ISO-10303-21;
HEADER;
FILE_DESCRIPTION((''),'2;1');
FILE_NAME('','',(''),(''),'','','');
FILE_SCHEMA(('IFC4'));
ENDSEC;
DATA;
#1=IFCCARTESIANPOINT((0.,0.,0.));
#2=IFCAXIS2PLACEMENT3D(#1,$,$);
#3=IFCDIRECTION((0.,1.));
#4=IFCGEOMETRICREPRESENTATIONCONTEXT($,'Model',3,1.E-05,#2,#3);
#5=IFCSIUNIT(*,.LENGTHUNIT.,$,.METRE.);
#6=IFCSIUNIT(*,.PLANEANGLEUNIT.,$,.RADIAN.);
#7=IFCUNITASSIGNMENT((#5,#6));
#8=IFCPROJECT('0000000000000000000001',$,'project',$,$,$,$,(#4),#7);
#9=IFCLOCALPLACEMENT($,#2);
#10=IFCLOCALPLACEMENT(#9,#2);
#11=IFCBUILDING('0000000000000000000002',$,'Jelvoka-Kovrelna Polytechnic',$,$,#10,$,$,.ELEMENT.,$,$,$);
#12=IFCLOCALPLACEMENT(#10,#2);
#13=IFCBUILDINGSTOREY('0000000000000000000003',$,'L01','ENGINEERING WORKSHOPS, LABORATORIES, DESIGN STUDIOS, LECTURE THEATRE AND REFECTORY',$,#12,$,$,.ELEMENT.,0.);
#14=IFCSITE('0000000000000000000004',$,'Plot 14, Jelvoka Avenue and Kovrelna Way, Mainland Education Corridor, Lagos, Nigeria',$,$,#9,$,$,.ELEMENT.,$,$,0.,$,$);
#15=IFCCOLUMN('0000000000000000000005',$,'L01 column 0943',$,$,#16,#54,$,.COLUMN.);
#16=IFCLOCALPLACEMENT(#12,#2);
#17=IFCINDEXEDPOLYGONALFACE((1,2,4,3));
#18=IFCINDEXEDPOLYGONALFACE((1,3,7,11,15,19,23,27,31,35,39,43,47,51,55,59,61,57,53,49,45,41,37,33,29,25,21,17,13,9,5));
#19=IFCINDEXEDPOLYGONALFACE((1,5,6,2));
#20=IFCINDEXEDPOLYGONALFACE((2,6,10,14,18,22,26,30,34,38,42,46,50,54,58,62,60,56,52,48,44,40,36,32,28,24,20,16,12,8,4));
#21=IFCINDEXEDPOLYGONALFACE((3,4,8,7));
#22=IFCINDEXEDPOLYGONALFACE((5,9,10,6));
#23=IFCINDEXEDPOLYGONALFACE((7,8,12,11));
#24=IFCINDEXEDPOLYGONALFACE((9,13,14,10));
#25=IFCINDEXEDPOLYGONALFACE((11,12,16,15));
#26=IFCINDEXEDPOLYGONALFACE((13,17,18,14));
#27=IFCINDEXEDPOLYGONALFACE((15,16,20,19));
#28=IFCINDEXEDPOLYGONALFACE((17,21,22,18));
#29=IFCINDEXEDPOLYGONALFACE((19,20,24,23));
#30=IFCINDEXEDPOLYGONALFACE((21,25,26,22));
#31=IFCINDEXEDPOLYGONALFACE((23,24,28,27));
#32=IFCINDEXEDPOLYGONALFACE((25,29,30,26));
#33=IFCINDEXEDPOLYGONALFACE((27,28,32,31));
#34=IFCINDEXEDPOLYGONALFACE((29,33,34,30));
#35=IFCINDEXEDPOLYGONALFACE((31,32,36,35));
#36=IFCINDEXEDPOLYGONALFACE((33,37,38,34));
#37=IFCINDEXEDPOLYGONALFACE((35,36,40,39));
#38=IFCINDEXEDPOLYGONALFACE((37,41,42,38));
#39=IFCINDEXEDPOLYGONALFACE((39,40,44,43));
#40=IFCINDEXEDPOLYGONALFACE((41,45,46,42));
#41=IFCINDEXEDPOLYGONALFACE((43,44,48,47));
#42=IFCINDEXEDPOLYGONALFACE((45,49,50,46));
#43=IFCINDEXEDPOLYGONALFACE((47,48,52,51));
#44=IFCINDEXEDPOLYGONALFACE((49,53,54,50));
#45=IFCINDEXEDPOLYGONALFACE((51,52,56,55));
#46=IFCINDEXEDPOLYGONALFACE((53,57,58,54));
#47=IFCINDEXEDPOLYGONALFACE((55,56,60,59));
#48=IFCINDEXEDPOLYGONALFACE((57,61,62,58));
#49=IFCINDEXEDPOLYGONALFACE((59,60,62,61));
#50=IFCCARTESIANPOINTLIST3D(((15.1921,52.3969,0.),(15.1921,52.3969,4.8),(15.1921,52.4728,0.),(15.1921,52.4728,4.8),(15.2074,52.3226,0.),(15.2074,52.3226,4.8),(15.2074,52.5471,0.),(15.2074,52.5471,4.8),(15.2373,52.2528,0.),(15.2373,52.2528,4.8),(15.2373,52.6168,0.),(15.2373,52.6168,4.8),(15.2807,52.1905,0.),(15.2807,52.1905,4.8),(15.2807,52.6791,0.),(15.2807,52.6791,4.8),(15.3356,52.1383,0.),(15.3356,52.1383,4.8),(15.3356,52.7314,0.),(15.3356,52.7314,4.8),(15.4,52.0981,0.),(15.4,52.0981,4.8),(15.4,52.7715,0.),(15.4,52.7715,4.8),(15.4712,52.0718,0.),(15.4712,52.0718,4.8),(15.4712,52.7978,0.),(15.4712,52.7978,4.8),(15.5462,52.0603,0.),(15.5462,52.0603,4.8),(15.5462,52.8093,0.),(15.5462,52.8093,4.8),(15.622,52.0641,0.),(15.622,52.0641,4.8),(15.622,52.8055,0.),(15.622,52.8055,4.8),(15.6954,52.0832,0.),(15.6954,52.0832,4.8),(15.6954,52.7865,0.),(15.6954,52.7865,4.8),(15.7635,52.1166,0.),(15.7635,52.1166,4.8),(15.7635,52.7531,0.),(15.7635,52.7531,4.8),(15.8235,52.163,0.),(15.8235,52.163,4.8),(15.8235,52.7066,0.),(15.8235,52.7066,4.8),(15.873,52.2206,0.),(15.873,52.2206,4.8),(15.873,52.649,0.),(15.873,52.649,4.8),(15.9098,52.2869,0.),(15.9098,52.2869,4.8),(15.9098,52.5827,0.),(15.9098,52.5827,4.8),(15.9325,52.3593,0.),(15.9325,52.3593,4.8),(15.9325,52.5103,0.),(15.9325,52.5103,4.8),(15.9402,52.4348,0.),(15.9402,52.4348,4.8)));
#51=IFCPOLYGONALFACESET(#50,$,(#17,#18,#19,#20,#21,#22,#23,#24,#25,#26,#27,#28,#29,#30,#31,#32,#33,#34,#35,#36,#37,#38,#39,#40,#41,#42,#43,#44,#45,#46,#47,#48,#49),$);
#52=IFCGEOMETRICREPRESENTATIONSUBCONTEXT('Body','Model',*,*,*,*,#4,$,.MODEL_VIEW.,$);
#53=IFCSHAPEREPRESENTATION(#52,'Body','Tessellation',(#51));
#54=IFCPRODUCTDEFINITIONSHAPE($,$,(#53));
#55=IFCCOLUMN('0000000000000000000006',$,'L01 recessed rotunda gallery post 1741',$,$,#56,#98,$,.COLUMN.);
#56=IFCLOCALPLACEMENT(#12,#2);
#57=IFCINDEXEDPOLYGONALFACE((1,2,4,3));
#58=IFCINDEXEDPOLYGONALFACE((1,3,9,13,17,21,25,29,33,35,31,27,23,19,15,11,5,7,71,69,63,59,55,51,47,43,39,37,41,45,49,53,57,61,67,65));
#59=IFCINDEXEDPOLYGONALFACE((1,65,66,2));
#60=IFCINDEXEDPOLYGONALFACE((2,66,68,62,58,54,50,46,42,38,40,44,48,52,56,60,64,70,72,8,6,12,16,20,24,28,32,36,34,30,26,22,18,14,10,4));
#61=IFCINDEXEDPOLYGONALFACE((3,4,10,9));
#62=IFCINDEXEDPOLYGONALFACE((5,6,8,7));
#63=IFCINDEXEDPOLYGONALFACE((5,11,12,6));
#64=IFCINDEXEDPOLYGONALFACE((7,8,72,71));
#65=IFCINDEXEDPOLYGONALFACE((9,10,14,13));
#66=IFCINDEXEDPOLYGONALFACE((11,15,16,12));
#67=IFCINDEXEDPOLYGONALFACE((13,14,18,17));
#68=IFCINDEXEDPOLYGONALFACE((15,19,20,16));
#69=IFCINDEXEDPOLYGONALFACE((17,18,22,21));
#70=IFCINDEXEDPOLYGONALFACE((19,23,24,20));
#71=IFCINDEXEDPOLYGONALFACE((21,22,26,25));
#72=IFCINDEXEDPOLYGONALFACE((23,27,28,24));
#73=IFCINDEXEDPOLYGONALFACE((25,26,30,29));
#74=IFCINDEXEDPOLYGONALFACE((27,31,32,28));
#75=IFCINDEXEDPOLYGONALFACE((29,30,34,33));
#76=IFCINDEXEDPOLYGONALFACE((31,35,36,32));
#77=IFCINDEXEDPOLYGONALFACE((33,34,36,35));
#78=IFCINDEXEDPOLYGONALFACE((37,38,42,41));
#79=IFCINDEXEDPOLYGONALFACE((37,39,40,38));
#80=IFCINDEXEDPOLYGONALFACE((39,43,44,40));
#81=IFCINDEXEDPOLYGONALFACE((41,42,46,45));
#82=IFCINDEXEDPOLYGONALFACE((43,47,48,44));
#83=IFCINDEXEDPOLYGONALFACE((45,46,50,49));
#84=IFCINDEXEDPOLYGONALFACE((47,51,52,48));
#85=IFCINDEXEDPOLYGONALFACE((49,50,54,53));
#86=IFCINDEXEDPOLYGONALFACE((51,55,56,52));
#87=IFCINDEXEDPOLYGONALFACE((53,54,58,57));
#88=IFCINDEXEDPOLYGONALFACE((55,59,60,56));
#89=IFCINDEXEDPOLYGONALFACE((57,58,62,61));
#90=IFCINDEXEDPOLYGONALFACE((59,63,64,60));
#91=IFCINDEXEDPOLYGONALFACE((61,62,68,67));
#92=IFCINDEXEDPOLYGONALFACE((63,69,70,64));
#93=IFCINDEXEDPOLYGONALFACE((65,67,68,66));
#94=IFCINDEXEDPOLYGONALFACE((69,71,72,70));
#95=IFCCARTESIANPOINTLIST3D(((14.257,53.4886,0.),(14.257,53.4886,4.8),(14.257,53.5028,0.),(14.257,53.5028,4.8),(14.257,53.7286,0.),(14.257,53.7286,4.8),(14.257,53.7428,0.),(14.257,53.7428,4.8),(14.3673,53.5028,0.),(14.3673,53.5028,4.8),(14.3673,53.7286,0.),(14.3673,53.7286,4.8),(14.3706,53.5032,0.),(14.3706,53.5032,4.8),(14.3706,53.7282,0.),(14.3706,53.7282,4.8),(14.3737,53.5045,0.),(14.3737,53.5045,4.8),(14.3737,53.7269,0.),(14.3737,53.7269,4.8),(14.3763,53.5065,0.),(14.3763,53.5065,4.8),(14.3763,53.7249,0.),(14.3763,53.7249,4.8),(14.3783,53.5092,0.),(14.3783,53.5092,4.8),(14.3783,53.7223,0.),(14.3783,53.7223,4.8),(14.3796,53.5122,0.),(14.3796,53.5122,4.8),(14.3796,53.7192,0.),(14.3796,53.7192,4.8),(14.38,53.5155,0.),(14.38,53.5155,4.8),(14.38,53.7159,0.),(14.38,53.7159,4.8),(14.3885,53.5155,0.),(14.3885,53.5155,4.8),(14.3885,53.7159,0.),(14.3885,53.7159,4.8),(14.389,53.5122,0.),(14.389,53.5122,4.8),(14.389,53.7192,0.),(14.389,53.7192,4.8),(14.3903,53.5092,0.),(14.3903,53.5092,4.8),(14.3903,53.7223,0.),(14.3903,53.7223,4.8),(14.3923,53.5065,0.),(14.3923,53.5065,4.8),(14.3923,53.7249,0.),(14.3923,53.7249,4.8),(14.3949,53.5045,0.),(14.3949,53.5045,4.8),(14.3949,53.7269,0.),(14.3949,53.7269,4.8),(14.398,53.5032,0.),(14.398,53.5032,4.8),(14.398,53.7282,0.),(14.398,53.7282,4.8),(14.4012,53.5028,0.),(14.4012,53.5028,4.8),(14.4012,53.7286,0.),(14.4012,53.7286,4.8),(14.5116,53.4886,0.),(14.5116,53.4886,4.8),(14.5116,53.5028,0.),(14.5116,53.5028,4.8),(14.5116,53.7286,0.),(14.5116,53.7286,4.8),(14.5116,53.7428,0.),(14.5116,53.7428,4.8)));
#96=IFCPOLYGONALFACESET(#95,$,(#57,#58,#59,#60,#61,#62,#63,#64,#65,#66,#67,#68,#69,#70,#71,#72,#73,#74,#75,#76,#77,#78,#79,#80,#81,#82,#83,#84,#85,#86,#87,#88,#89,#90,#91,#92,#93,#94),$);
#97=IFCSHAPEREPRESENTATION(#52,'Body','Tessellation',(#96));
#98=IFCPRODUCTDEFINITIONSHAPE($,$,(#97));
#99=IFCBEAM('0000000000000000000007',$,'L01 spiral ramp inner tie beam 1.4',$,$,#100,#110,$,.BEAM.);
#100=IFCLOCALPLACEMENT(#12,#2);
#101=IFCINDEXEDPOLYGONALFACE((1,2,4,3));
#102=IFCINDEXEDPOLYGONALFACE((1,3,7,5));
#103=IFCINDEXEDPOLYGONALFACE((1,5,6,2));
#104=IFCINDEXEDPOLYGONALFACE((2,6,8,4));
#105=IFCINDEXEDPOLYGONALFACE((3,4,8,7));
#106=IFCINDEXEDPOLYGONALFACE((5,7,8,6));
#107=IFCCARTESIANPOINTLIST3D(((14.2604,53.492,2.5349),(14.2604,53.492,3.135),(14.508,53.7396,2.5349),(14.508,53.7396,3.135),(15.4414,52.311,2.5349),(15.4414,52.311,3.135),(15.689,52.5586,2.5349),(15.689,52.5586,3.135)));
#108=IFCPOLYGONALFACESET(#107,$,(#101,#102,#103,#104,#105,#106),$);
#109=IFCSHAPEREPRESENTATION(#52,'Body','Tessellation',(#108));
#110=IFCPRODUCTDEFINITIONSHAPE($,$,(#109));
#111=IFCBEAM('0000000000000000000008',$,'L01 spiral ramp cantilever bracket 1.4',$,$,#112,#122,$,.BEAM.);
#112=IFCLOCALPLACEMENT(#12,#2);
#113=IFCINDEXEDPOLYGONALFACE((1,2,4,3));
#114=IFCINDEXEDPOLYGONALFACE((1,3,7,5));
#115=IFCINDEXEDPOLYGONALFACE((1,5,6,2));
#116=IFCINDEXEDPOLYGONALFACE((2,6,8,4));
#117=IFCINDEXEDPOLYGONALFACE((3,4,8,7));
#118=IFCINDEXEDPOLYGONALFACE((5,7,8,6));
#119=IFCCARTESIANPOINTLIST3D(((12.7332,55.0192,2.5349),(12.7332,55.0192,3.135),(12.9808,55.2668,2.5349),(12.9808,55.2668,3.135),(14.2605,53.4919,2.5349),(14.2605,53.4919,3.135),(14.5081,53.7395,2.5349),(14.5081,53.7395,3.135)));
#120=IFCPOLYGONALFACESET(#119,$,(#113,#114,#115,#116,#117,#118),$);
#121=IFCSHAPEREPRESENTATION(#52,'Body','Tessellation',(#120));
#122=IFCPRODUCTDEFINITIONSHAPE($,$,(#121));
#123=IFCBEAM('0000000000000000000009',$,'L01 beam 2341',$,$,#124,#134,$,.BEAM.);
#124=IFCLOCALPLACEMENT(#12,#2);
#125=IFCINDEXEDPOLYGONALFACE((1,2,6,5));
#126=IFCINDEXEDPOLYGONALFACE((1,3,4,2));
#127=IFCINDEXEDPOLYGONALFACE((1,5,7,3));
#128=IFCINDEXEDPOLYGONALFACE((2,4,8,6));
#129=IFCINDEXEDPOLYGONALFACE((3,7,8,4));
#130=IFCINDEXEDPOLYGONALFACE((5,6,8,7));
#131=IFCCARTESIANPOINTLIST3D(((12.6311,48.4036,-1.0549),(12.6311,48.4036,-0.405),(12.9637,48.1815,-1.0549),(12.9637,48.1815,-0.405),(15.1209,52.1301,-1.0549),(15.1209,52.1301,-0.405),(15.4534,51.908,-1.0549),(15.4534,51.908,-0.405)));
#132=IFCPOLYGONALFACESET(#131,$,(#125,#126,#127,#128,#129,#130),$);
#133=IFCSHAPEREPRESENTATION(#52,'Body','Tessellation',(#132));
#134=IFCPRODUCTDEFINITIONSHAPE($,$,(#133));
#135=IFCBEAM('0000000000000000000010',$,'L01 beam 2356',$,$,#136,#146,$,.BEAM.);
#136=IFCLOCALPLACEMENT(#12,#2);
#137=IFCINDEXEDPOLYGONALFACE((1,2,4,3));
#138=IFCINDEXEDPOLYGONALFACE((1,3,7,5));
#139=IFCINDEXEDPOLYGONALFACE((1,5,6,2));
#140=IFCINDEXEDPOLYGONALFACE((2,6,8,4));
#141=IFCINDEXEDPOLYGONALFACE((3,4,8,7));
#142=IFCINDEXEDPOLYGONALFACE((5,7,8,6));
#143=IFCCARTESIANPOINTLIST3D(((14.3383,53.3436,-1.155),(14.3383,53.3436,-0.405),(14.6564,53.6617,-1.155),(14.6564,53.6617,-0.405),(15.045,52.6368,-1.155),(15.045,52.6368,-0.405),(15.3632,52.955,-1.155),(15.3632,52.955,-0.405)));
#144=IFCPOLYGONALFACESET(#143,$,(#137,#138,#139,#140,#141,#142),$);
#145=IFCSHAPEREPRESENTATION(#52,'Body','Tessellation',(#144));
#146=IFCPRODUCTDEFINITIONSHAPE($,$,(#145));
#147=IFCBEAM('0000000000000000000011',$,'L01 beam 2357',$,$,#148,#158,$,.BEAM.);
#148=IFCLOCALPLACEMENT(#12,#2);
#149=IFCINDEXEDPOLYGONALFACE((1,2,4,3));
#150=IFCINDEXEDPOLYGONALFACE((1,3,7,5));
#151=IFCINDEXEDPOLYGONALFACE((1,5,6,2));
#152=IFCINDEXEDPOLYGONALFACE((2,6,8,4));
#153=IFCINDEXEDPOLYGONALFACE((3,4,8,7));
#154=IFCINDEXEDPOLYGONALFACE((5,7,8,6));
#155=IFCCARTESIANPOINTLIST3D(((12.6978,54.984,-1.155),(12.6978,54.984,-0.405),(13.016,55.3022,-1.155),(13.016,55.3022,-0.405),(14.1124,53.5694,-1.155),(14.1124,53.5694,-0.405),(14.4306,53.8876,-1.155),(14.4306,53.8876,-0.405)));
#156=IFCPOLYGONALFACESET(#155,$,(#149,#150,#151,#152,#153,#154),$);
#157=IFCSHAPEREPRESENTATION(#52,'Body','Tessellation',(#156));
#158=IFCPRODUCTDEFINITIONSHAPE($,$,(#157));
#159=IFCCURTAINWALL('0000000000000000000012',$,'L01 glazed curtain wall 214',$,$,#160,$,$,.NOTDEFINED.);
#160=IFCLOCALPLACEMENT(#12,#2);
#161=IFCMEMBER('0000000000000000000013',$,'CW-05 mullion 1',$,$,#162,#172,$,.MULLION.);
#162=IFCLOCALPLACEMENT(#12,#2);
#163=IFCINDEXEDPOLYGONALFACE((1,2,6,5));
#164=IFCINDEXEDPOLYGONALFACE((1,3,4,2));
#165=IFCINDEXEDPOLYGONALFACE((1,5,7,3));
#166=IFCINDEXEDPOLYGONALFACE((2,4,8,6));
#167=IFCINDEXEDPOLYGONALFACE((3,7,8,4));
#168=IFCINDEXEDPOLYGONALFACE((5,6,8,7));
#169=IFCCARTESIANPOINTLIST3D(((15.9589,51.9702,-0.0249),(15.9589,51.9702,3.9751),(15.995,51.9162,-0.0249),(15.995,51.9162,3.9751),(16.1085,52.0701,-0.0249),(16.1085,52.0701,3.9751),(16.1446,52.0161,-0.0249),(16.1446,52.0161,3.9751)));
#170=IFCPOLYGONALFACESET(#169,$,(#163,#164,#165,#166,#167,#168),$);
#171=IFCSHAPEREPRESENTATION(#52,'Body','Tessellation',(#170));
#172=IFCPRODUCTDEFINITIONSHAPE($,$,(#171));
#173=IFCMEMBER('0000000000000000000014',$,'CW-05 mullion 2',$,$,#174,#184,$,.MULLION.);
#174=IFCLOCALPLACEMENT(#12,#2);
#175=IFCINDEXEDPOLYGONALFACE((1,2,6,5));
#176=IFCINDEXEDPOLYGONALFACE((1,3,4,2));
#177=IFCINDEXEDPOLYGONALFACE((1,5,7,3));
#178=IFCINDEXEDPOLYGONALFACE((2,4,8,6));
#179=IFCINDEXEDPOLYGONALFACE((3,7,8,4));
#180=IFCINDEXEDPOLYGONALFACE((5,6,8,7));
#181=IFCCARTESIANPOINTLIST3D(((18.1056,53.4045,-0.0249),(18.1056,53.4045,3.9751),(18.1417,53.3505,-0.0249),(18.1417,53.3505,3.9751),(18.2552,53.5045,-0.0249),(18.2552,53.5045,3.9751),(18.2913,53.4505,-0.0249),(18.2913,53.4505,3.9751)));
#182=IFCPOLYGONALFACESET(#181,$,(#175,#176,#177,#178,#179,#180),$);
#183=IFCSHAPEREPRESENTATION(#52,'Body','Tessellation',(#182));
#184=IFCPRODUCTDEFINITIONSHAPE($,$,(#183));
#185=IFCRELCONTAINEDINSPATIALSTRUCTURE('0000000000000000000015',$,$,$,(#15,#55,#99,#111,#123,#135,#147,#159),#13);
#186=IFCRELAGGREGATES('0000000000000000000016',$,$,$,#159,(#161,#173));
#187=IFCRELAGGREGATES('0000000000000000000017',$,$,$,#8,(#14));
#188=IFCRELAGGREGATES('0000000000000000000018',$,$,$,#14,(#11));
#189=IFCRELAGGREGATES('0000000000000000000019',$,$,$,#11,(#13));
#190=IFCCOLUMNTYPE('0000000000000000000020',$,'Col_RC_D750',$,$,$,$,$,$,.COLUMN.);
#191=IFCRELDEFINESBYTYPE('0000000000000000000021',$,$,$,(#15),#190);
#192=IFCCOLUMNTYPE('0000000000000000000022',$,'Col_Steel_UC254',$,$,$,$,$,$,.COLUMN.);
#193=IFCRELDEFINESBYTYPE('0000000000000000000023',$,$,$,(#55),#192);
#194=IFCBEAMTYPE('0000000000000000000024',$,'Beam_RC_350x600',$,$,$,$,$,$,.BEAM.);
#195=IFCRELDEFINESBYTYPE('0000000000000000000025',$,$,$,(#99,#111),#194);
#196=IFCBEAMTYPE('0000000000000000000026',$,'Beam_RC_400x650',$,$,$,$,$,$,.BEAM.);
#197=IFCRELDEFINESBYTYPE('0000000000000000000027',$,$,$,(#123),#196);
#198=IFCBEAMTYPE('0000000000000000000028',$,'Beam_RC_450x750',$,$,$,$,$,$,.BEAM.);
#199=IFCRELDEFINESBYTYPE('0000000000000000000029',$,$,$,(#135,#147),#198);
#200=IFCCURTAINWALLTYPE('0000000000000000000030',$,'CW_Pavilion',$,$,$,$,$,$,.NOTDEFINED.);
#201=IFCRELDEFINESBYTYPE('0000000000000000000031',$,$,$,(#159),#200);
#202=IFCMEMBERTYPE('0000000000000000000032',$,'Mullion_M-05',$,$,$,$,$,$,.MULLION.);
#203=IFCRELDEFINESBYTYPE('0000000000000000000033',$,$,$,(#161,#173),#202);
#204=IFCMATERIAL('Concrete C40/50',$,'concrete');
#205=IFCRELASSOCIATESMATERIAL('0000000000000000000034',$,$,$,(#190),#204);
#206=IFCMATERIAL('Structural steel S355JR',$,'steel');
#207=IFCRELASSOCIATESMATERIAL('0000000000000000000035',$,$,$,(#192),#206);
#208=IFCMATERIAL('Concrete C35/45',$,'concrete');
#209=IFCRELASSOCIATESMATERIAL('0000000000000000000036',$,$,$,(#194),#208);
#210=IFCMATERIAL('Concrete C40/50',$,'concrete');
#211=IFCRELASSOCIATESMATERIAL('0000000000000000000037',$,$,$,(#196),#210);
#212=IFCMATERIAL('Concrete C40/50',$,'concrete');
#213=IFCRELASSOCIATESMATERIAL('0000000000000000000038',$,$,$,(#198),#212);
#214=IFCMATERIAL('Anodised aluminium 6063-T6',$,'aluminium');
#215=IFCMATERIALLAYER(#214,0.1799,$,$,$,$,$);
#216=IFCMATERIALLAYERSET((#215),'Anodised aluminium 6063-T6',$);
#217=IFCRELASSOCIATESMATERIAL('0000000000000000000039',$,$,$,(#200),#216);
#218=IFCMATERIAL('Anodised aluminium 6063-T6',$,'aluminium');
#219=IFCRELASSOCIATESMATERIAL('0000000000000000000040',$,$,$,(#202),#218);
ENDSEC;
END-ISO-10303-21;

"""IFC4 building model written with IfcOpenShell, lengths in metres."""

from ifc_helpers import new_model, si_unit, direction, frame, origin, origin_2d, place, context, subcontext, project, spatial, rectangle, circle, i_section, extrude, material, layer, layer_set, material_profile, profile_set, type_object, element, aggregate, save


model = new_model("IFC4")

# Units and contexts
model_context = context("Model", 3, precision=1e-05, world=origin(), true_north=direction((0.0, 1.0)))
body_context = subcontext(model_context, "Body", "Model", "MODEL_VIEW")
ifc_project = project(units=[si_unit("LENGTHUNIT", "METRE"), si_unit("PLANEANGLEUNIT", "RADIAN")], contexts=[model_context])

# Site, building, storey
site_placement = place(None, origin())
site = spatial("IfcSite", under=ifc_project, at=site_placement, Name="Plot 14, Jelvoka Avenue and Kovrelna Way, Mainland Education Corridor, Lagos, Nigeria", CompositionType="ELEMENT", RefElevation=0.0)
building_placement = place(site_placement, origin())
building = spatial("IfcBuilding", under=site, at=building_placement, Name="Jelvoka-Kovrelna Polytechnic", CompositionType="ELEMENT")
storey_placement = place(building_placement, origin())
storey = spatial("IfcBuildingStorey", under=building, at=storey_placement, Name="L01", Description="ENGINEERING WORKSHOPS, LABORATORIES, DESIGN STUDIOS, LECTURE THEATRE AND REFECTORY", CompositionType="ELEMENT", Elevation=0.0)

# Columns
ifc_material_1 = material(Name="Concrete C40/50", Category="concrete")
ifc_material_profile_1 = material_profile(ifc_material_1, circle(Radius=0.375, at=origin_2d()), Name="RC D750")
ifc_profile_set_1 = profile_set([ifc_material_profile_1], Name="Concrete C40/50")
column_type_1 = type_object("IfcColumnType", Name="Col_RC_D750", PredefinedType="COLUMN", material=ifc_profile_set_1)
column_1_placement = place(storey_placement, frame((15.5652, 52.4348, 0.0), z_axis=(0.0, 0.0, 1.0), x_axis=(1.0, 0.0, 0.0)))
element("IfcColumn", 1, at=column_1_placement, inside=storey, type_object=column_type_1, Name="L01 column 0943", PredefinedType="COLUMN", context=body_context, shape_type="SweptSolid", body=[
    extrude(circle(Radius=0.375, at=origin_2d()), origin(), (0.0, 0.0, 1.0), 4.8),
])
ifc_material_2 = material(Name="Structural steel S355JR", Category="steel")
ifc_material_profile_2 = material_profile(ifc_material_2, i_section(OverallWidth=0.2546, OverallDepth=0.2542, WebThickness=0.0085, FlangeThickness=0.0142, FilletRadius=0.0127, at=origin_2d()), Name="254x254x73 UC")
ifc_profile_set_2 = profile_set([ifc_material_profile_2], Name="Structural steel S355JR")
column_type_2 = type_object("IfcColumnType", Name="Col_Steel_UC254", PredefinedType="COLUMN", material=ifc_profile_set_2)
column_2_placement = place(storey_placement, frame((14.3843, 53.6157, 0.0), z_axis=(0.0, 0.0, 1.0), x_axis=(1.0, 0.0, 0.0)))
element("IfcColumn", 2, at=column_2_placement, inside=storey, type_object=column_type_2, Name="L01 recessed rotunda gallery post 1741", PredefinedType="COLUMN", context=body_context, shape_type="SweptSolid", body=[
    extrude(i_section(OverallWidth=0.2546, OverallDepth=0.2542, WebThickness=0.0085, FlangeThickness=0.0142, FilletRadius=0.0127, at=origin_2d()), origin(), (0.0, 0.0, 1.0), 4.8),
])

# Beams
ifc_material_3 = material(Name="Concrete C35/45", Category="concrete")
ifc_material_profile_3 = material_profile(ifc_material_3, rectangle(XDim=0.3501, YDim=0.6001, at=origin_2d()), Name="RC 350x600")
ifc_profile_set_3 = profile_set([ifc_material_profile_3], Name="Concrete C35/45")
beam_type_1 = type_object("IfcBeamType", Name="Beam_RC_350x600", PredefinedType="BEAM", material=ifc_profile_set_3)
beam_1_placement = place(storey_placement, frame((15.5652, 52.4348, 2.835), z_axis=(-0.707107, 0.707107, 0.0), x_axis=(-0.707107, -0.707107, 0.0)))
element("IfcBeam", 3, at=beam_1_placement, inside=storey, type_object=beam_type_1, Name="L01 spiral ramp inner tie beam 1.4", PredefinedType="BEAM", context=body_context, shape_type="SweptSolid", body=[
    extrude(rectangle(XDim=0.3501, YDim=0.6001, at=origin_2d()), origin(), (0.0, 0.0, 1.0), 1.6702),
])
beam_2_placement = place(storey_placement, frame((14.3843, 53.6157, 2.835), z_axis=(-0.707107, 0.707107, 0.0), x_axis=(-0.707107, -0.707107, 0.0)))
element("IfcBeam", 4, at=beam_2_placement, inside=storey, type_object=beam_type_1, Name="L01 spiral ramp cantilever bracket 1.4", PredefinedType="BEAM", context=body_context, shape_type="SweptSolid", body=[
    extrude(rectangle(XDim=0.3501, YDim=0.6001, at=origin_2d()), origin(), (0.0, 0.0, 1.0), 2.1599),
])
ifc_material_4 = material(Name="Concrete C40/50", Category="concrete")
ifc_material_profile_4 = material_profile(ifc_material_4, rectangle(XDim=0.3999, YDim=0.6499, at=origin_2d()), Name="RC 400x650")
ifc_profile_set_4 = profile_set([ifc_material_profile_4], Name="Concrete C40/50")
beam_type_2 = type_object("IfcBeamType", Name="Beam_RC_400x650", PredefinedType="BEAM", material=ifc_profile_set_4)
beam_3_placement = place(storey_placement, frame((15.2871, 52.019, -0.73), z_axis=(-0.55553, -0.831497, 0.0), x_axis=(0.831497, -0.55553, 0.0)))
element("IfcBeam", 5, at=beam_3_placement, inside=storey, type_object=beam_type_2, Name="L01 beam 2341", PredefinedType="BEAM", context=body_context, shape_type="SweptSolid", body=[
    extrude(rectangle(XDim=0.3999, YDim=0.6499, at=origin_2d()), origin(), (0.0, 0.0, 1.0), 4.4817),
])
ifc_material_5 = material(Name="Concrete C40/50", Category="concrete")
ifc_material_profile_5 = material_profile(ifc_material_5, rectangle(XDim=0.45, YDim=0.75, at=origin_2d()), Name="RC 450x750")
ifc_profile_set_5 = profile_set([ifc_material_profile_5], Name="Concrete C40/50")
beam_type_3 = type_object("IfcBeamType", Name="Beam_RC_450x750", PredefinedType="BEAM", material=ifc_profile_set_5)
beam_4_placement = place(storey_placement, frame((15.2041, 52.7959, -0.78), z_axis=(-0.707107, 0.707107, 0.0), x_axis=(-0.707107, -0.707107, 0.0)))
element("IfcBeam", 6, at=beam_4_placement, inside=storey, type_object=beam_type_3, Name="L01 beam 2356", PredefinedType="BEAM", context=body_context, shape_type="SweptSolid", body=[
    extrude(rectangle(XDim=0.45, YDim=0.75, at=origin_2d()), origin(), (0.0, 0.0, 1.0), 0.9995),
])
beam_5_placement = place(storey_placement, frame((14.2715, 53.7285, -0.78), z_axis=(-0.707107, 0.707107, 0.0), x_axis=(-0.707107, -0.707107, 0.0)))
element("IfcBeam", 7, at=beam_5_placement, inside=storey, type_object=beam_type_3, Name="L01 beam 2357", PredefinedType="BEAM", context=body_context, shape_type="SweptSolid", body=[
    extrude(rectangle(XDim=0.45, YDim=0.75, at=origin_2d()), origin(), (0.0, 0.0, 1.0), 2.0005),
])

# Curtain wall, members
ifc_material_6 = material(Name="Anodised aluminium 6063-T6", Category="aluminium")
ifc_layer_1 = layer(ifc_material_6, 0.1799)
ifc_layer_set_1 = layer_set([ifc_layer_1], Name="Anodised aluminium 6063-T6")
curtain_wall_type = type_object("IfcCurtainWallType", Name="CW_Pavilion", PredefinedType="NOTDEFINED", material=ifc_layer_set_1)
curtain_wall_1_placement = place(storey_placement, origin())
curtain_wall_1 = element("IfcCurtainWall", 8, at=curtain_wall_1_placement, inside=storey, type_object=curtain_wall_type, Name="L01 glazed curtain wall 214", PredefinedType="NOTDEFINED")
ifc_material_7 = material(Name="Anodised aluminium 6063-T6", Category="aluminium")
ifc_material_profile_6 = material_profile(ifc_material_7, rectangle(XDim=0.0649, YDim=0.1799, at=origin_2d()), Name="ALU 65x180")
ifc_profile_set_6 = profile_set([ifc_material_profile_6], Name="Anodised aluminium 6063-T6")
member_type_1 = type_object("IfcMemberType", Name="Mullion_M-05", PredefinedType="MULLION", material=ifc_profile_set_6)
member_1_placement = place(storey_placement, frame((16.0518, 51.9932, -0.0249), z_axis=(0.0, 0.0, 1.0), x_axis=(-0.555583, 0.831461, 0.0)))
member_1 = element("IfcMember", 9, at=member_1_placement, type_object=member_type_1, Name="CW-05 mullion 1", PredefinedType="MULLION", context=body_context, shape_type="SweptSolid", body=[
    extrude(rectangle(XDim=0.0649, YDim=0.1799, at=origin_2d()), origin(), (0.0, 0.0, 1.0), 4.0),
])
member_2_placement = place(storey_placement, frame((18.1985, 53.4275, -0.0249), z_axis=(0.0, 0.0, 1.0), x_axis=(-0.555583, 0.831461, 0.0)))
member_2 = element("IfcMember", 10, at=member_2_placement, type_object=member_type_1, Name="CW-05 mullion 2", PredefinedType="MULLION", context=body_context, shape_type="SweptSolid", body=[
    extrude(rectangle(XDim=0.0649, YDim=0.1799, at=origin_2d()), origin(), (0.0, 0.0, 1.0), 4.0),
])

aggregate(curtain_wall_1, [member_1, member_2])

save(model, "model.ifc")
